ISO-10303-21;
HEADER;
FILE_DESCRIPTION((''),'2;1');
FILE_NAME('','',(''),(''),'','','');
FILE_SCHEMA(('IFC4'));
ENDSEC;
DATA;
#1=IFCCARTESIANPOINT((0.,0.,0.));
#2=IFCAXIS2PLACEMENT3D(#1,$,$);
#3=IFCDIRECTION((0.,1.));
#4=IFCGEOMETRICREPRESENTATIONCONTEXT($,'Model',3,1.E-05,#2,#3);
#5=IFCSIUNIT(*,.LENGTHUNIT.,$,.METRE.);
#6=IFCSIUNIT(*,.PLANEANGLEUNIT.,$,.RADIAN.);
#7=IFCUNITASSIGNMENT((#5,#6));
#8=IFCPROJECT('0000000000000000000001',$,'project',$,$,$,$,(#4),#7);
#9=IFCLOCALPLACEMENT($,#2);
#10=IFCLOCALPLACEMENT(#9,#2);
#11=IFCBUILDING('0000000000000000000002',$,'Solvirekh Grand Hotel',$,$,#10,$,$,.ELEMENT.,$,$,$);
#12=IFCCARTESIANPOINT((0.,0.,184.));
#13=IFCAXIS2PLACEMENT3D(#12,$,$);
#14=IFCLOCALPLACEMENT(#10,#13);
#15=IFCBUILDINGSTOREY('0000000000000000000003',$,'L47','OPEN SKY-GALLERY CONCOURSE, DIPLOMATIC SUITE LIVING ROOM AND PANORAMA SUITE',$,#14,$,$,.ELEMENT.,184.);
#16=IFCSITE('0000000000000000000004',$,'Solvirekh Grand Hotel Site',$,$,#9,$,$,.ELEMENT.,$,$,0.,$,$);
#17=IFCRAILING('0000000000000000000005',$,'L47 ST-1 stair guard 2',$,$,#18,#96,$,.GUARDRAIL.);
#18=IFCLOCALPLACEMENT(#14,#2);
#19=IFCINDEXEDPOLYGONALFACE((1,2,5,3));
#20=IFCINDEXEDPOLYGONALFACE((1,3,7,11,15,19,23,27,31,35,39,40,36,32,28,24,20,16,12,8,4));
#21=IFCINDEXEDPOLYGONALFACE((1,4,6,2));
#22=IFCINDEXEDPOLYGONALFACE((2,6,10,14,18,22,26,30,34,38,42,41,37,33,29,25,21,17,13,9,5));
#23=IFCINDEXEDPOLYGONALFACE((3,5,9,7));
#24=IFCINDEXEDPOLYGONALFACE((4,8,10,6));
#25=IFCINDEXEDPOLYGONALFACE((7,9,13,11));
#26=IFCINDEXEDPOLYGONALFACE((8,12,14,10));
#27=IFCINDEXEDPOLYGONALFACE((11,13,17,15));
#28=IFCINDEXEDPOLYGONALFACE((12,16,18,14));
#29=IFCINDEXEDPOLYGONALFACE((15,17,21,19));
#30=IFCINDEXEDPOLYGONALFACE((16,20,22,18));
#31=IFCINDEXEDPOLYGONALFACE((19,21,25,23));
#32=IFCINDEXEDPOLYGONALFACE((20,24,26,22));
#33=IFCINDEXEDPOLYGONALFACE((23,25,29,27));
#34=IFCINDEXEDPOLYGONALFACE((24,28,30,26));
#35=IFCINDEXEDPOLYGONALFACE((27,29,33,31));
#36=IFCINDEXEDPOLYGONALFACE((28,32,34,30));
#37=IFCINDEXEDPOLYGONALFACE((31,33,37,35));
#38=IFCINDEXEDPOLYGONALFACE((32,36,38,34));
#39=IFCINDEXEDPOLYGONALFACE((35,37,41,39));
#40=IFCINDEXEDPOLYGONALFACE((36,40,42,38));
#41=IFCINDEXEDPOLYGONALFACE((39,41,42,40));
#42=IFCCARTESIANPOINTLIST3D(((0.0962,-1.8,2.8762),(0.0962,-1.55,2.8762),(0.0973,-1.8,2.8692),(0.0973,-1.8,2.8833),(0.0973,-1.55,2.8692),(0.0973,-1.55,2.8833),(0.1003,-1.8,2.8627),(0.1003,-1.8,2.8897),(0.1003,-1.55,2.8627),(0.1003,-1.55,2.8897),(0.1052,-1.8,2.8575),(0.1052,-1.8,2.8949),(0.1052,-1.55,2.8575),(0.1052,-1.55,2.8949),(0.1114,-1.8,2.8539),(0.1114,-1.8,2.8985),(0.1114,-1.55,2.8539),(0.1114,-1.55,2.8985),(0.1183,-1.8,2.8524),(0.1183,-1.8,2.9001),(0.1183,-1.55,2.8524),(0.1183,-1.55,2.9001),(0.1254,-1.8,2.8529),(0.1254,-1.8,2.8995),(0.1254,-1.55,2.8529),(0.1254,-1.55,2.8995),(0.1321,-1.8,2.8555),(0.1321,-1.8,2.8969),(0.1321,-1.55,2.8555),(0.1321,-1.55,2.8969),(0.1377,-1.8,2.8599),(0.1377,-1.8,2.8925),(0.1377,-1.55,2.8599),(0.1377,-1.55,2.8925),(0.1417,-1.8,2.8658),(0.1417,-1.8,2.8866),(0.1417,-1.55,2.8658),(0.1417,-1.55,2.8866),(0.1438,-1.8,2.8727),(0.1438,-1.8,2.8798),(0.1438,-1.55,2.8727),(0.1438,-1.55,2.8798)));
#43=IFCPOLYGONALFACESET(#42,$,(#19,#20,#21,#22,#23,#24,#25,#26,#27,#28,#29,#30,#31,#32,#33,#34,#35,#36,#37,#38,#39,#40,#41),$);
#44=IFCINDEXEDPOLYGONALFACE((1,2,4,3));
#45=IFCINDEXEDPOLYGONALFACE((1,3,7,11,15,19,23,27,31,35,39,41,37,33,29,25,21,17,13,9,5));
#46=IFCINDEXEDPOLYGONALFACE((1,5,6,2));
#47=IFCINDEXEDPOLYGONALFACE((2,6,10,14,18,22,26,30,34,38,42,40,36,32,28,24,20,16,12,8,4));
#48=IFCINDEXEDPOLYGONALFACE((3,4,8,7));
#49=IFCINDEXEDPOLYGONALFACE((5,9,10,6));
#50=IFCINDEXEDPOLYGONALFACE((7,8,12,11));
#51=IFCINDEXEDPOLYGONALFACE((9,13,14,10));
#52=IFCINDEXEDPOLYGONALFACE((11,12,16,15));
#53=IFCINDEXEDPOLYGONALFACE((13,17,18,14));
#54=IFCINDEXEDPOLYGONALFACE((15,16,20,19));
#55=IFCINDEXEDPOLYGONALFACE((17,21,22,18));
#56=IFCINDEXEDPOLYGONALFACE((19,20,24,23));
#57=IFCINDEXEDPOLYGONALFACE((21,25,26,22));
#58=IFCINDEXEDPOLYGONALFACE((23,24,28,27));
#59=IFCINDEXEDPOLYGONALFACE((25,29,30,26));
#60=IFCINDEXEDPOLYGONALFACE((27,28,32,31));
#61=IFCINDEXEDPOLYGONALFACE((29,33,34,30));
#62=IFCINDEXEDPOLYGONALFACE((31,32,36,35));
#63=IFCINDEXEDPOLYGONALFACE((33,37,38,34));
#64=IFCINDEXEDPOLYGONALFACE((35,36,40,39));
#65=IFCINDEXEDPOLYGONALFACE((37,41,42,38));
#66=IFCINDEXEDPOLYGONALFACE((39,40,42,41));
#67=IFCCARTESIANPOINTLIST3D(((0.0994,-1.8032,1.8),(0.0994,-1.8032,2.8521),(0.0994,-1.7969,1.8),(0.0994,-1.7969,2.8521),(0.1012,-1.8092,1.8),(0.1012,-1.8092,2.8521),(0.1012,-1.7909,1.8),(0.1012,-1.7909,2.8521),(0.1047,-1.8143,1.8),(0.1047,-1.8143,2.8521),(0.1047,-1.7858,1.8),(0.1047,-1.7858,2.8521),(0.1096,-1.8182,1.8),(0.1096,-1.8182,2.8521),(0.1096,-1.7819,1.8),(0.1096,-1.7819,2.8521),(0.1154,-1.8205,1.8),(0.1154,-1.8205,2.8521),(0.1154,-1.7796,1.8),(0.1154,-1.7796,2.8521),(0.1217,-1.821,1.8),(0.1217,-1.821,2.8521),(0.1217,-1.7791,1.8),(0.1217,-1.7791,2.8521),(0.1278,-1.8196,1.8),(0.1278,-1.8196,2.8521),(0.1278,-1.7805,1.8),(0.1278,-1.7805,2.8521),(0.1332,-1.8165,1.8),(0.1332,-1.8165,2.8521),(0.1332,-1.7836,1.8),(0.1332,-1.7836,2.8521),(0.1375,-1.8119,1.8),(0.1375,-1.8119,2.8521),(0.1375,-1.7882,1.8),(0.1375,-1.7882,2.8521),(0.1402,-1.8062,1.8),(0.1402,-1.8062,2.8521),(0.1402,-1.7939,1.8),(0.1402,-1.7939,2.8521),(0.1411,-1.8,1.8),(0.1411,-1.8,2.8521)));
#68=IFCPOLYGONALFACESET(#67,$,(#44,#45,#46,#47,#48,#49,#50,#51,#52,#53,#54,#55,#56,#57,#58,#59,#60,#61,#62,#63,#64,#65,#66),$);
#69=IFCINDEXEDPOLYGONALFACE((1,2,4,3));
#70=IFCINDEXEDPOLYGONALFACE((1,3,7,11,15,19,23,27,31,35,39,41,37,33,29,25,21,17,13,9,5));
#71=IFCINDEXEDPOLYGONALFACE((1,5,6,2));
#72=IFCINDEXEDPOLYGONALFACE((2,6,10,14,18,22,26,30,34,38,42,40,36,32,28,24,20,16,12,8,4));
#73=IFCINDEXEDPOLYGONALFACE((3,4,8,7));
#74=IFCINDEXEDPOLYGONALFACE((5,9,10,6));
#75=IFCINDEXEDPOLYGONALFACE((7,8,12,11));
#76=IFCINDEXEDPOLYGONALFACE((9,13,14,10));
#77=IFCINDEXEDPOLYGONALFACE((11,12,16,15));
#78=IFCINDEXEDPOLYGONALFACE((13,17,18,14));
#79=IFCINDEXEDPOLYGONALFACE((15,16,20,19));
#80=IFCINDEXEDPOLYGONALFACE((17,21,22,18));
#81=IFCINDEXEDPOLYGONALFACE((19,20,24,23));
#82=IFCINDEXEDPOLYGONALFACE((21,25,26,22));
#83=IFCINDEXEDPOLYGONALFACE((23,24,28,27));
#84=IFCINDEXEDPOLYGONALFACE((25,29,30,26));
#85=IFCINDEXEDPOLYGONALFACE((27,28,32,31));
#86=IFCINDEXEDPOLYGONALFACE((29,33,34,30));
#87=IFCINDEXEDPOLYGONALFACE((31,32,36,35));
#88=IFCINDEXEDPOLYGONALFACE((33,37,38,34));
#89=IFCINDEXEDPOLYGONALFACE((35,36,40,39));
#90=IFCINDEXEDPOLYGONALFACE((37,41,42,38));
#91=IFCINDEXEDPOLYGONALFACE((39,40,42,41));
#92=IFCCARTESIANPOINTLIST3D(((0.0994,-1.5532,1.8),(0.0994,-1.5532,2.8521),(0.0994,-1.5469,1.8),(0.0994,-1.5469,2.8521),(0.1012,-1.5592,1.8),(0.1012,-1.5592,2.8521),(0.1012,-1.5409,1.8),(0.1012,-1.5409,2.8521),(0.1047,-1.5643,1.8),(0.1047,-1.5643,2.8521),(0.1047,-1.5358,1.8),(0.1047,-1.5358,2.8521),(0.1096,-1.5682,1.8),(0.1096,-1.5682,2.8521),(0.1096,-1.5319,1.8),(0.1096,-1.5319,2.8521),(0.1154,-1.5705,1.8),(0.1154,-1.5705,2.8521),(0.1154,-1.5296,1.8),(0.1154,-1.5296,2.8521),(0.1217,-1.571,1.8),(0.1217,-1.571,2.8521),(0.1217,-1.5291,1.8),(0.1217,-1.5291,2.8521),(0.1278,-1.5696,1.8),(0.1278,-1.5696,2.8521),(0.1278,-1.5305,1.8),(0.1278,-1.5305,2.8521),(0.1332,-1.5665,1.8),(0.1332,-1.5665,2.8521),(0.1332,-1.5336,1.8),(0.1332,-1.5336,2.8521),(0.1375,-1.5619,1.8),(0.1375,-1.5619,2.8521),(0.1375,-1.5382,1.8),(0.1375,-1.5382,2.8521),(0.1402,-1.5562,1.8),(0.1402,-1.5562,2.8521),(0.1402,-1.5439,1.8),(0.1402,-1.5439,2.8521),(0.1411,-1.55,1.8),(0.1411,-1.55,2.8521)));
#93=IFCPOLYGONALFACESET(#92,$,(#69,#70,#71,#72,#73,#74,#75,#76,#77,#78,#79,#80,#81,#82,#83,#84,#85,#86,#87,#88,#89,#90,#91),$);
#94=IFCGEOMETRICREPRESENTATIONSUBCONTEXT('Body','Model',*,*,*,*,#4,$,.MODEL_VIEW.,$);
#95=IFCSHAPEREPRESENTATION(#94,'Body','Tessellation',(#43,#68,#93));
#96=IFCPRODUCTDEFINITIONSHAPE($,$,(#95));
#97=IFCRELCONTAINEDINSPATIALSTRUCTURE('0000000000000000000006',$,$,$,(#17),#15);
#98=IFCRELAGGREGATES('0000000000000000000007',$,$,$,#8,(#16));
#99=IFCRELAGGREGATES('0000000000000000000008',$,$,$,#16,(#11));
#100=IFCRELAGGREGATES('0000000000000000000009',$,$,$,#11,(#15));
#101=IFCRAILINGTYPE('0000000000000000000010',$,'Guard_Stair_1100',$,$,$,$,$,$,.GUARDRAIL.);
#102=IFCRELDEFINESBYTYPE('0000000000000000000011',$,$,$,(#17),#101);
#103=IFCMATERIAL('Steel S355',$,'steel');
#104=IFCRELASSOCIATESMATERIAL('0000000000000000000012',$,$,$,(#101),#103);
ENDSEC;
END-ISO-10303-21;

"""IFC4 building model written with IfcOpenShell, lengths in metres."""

from ifc_helpers import new_model, si_unit, direction, frame, origin, origin_2d, place, context, subcontext, project, spatial, circle, extrude, material, type_object, element, save


model = new_model("IFC4")

# Units and contexts
model_context = context("Model", 3, precision=1e-05, world=origin(), true_north=direction((0.0, 1.0)))
body_context = subcontext(model_context, "Body", "Model", "MODEL_VIEW")
ifc_project = project(units=[si_unit("LENGTHUNIT", "METRE"), si_unit("PLANEANGLEUNIT", "RADIAN")], contexts=[model_context])

# Site, building, storey
site_placement = place(None, origin())
site = spatial("IfcSite", under=ifc_project, at=site_placement, Name="Solvirekh Grand Hotel Site", CompositionType="ELEMENT", RefElevation=0.0)
building_placement = place(site_placement, origin())
building = spatial("IfcBuilding", under=site, at=building_placement, Name="Solvirekh Grand Hotel", CompositionType="ELEMENT")
storey_placement = place(building_placement, frame((0.0, 0.0, 184.0)))
storey = spatial("IfcBuildingStorey", under=building, at=storey_placement, Name="L47", Description="OPEN SKY-GALLERY CONCOURSE, DIPLOMATIC SUITE LIVING ROOM AND PANORAMA SUITE", CompositionType="ELEMENT", Elevation=184.0)

# Railing
ifc_material_1 = material(Name="Steel S355", Category="steel")
railing_type_1 = type_object("IfcRailingType", Name="Guard_Stair_1100", PredefinedType="GUARDRAIL", material=ifc_material_1)
railing_1_placement = place(storey_placement, frame((0.1201, -1.8, 1.8)))
element("IfcRailing", 1, at=railing_1_placement, inside=storey, type_object=railing_type_1, Name="L47 ST-1 stair guard 2", PredefinedType="GUARDRAIL", context=body_context, shape_type="SweptSolid", body=[
    extrude(circle(Radius=0.0239, at=origin_2d()), frame((0.0, 0.0, 1.0762), z_axis=(0.0, 1.0, 0.0), x_axis=(-1.0, 0.0, 0.0)), (0.0, 0.0, 1.0), 0.25),
    extrude(circle(Radius=0.021, at=origin_2d()), origin(), (0.0, 0.0, 1.0), 1.052),
    extrude(circle(Radius=0.021, at=origin_2d()), frame((0.0, 0.25, 0.0)), (0.0, 0.0, 1.0), 1.052),
])

save(model, "model.ifc")
